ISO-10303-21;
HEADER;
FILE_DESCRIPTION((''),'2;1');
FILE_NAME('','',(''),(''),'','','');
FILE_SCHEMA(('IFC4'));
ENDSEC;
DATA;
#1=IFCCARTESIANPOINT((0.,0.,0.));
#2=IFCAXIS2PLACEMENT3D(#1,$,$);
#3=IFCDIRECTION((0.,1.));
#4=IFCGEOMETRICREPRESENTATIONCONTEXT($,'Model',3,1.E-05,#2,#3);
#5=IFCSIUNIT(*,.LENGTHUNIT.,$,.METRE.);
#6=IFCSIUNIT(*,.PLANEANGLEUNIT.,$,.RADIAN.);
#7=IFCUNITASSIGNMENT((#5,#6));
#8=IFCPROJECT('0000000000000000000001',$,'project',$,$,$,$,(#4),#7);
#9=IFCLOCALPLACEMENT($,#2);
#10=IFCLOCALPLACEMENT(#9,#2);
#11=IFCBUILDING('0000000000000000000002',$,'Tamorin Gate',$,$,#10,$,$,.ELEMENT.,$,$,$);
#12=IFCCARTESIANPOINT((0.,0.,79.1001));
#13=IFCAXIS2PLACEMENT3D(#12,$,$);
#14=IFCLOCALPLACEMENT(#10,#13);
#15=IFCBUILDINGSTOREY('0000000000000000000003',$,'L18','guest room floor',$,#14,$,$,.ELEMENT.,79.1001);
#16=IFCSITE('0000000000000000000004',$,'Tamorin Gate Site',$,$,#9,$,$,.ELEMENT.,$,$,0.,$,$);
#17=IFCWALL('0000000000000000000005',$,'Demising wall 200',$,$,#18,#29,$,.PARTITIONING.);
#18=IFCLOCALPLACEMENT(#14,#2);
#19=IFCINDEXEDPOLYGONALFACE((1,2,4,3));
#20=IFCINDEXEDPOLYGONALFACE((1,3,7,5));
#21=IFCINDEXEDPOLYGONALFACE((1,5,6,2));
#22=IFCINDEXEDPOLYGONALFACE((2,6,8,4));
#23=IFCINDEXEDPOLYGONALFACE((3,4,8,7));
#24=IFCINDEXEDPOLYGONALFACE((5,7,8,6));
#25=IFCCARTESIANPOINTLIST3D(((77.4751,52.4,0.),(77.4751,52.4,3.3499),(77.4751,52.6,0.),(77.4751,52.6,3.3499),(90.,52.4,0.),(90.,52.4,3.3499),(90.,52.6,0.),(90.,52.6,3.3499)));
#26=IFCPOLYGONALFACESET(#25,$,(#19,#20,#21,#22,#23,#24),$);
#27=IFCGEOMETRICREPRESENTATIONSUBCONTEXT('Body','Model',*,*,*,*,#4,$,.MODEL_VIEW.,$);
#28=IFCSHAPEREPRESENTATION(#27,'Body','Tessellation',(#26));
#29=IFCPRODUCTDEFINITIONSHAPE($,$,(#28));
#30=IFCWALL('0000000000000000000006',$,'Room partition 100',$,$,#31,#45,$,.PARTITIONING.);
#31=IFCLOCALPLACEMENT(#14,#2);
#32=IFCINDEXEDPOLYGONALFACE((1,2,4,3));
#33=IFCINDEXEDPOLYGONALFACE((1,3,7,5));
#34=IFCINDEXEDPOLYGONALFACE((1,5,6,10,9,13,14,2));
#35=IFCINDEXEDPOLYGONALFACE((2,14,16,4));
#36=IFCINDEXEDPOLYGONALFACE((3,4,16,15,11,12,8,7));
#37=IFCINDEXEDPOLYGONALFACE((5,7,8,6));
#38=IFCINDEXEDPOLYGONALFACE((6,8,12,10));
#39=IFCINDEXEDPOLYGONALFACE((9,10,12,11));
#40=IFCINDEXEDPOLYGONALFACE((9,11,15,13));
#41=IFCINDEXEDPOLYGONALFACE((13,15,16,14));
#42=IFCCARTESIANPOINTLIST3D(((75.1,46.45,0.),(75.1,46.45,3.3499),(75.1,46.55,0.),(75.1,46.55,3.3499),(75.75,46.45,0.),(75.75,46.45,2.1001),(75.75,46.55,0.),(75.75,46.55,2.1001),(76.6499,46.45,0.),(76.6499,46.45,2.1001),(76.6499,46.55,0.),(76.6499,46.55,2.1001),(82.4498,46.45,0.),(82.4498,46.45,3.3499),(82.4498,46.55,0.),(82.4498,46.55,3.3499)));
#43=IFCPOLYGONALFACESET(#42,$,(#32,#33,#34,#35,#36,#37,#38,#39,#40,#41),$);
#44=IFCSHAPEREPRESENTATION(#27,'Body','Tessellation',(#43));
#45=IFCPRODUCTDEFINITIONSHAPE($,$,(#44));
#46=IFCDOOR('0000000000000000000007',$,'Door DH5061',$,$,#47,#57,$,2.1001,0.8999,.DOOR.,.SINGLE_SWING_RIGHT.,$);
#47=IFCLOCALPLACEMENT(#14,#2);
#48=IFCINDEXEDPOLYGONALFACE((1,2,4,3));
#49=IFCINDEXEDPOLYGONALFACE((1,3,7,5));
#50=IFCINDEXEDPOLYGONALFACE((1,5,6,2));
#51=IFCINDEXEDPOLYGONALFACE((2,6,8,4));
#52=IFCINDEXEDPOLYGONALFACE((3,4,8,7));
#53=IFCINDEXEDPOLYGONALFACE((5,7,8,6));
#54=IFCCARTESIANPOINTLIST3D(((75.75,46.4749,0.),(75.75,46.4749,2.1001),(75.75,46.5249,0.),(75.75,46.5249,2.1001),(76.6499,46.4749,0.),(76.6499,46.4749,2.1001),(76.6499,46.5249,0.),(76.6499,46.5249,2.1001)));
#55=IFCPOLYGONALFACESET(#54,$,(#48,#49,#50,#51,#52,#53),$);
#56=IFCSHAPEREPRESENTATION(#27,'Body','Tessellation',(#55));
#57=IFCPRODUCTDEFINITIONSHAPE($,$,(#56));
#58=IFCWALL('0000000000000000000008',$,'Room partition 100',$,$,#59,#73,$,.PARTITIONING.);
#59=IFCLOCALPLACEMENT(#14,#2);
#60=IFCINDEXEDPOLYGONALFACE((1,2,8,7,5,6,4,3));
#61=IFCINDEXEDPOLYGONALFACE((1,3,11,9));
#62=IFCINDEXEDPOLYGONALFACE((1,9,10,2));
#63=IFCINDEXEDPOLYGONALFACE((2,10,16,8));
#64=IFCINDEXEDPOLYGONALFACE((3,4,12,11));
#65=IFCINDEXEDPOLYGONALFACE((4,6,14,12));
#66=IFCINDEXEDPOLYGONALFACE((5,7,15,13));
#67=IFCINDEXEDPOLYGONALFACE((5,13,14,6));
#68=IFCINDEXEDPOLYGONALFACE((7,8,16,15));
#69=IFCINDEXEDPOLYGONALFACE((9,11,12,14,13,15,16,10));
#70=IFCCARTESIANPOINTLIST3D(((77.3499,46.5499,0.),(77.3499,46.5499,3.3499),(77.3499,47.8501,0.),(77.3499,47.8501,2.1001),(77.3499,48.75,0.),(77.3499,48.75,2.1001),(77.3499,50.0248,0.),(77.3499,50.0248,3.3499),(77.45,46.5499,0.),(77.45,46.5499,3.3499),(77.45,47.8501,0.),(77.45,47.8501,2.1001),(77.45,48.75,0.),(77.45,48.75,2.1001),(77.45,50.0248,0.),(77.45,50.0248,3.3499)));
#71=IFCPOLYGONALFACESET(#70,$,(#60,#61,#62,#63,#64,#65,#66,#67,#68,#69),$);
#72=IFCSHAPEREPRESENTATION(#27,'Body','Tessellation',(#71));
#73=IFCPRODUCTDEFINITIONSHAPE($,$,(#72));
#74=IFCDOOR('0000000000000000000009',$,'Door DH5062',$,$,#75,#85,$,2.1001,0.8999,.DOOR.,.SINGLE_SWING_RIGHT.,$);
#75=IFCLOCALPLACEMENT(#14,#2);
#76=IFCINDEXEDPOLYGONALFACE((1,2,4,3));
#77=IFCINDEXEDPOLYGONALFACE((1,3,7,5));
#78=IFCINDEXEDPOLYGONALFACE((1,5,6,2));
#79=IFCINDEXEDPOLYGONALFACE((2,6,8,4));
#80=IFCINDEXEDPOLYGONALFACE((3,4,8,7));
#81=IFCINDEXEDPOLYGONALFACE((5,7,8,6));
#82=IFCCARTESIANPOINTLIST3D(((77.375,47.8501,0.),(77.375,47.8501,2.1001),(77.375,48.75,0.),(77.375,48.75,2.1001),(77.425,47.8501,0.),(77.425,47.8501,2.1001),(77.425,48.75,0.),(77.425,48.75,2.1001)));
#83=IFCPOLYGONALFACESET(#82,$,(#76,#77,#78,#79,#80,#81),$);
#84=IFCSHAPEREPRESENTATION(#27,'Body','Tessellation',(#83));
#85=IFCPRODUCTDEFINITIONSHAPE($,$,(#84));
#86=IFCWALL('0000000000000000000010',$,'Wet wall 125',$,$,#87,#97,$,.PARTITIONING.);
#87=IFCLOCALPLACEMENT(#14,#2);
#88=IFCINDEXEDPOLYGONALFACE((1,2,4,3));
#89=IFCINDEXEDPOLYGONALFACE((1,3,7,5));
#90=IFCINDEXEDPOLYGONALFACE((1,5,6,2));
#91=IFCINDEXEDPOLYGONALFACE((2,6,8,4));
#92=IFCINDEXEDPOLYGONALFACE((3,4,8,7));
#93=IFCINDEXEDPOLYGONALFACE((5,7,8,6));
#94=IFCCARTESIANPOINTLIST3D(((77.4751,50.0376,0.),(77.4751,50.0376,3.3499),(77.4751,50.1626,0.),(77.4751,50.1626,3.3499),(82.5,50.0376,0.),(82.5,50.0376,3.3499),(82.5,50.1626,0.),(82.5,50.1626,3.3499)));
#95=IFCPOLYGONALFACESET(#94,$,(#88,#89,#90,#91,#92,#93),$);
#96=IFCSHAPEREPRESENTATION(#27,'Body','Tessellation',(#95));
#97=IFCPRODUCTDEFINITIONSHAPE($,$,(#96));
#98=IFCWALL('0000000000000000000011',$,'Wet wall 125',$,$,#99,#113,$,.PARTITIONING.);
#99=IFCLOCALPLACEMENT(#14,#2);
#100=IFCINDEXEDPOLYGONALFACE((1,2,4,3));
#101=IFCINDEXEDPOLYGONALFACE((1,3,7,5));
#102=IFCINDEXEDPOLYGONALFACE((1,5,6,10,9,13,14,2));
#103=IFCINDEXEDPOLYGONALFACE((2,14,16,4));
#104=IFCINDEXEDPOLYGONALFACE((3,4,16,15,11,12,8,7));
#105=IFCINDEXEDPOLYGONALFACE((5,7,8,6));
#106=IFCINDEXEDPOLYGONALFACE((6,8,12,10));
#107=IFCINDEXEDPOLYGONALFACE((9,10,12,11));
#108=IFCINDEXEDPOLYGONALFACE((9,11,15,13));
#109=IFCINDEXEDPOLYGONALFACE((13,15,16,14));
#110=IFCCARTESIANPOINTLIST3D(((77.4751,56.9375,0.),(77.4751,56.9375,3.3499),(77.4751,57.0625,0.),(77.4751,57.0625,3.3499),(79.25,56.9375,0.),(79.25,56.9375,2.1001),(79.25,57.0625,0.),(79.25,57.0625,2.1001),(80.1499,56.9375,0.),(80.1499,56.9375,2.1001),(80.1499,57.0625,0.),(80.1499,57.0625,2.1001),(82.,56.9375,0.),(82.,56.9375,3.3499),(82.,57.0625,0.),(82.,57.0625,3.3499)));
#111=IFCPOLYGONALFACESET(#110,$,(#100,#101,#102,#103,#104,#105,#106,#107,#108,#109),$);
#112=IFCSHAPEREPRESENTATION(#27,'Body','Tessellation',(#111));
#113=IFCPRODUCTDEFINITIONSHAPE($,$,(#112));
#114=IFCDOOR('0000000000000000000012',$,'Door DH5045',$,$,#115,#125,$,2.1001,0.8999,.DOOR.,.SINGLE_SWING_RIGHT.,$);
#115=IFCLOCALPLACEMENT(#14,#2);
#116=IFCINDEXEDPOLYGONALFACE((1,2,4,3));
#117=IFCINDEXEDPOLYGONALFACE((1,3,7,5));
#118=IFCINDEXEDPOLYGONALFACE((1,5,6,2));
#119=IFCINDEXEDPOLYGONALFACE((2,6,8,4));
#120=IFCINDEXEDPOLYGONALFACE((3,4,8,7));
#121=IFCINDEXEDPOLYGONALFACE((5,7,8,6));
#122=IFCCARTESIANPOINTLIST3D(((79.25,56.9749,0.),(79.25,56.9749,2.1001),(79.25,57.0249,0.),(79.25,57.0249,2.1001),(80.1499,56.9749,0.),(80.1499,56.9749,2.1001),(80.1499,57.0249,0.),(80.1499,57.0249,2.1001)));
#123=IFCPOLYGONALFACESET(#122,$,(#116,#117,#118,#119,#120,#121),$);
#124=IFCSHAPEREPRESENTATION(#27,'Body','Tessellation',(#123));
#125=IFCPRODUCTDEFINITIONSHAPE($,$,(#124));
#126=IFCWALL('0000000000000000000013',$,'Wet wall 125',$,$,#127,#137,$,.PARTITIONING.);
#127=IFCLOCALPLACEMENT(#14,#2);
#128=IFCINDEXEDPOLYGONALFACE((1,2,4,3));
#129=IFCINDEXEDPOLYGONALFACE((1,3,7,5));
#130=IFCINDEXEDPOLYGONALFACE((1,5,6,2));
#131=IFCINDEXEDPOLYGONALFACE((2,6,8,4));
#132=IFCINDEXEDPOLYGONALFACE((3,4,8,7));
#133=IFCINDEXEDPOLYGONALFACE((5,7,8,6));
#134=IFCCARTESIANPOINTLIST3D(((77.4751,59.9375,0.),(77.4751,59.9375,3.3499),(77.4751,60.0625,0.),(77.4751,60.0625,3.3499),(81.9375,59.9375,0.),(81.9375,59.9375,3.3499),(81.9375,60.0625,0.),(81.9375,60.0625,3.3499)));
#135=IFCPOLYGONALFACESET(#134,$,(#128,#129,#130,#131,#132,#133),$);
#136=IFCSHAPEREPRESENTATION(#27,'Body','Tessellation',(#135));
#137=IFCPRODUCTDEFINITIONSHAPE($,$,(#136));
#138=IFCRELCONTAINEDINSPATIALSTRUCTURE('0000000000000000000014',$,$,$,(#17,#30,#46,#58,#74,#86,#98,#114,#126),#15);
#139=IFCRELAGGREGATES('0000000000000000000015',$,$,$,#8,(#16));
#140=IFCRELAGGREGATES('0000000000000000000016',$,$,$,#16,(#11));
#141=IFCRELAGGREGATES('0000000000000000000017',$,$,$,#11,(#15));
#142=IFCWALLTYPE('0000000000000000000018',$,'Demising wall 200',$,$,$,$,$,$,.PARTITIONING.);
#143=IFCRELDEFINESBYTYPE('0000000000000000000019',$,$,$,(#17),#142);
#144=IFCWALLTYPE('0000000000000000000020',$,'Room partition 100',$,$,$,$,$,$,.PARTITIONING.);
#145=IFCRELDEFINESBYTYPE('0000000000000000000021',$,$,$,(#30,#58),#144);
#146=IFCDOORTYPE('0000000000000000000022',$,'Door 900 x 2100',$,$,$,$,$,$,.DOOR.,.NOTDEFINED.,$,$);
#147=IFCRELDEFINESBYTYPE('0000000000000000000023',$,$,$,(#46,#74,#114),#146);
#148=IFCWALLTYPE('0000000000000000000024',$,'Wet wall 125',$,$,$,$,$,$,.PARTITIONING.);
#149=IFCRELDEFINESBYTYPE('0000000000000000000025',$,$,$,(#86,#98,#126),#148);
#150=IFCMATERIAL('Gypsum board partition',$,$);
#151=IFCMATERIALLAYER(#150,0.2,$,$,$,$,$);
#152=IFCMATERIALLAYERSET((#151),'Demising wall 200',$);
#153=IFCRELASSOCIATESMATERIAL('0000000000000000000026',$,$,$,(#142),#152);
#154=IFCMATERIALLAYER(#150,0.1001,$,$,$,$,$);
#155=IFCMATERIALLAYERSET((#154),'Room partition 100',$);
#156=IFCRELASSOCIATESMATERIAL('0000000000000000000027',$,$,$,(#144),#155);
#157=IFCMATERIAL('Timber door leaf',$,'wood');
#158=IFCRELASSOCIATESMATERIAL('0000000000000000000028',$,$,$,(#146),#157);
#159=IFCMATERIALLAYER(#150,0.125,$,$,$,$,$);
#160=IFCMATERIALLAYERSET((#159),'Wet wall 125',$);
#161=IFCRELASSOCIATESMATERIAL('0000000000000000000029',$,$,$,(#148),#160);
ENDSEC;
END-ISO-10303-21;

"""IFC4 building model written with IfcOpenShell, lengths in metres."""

from ifc_helpers import new_model, si_unit, direction, frame, frame_2d, origin, place, context, subcontext, project, spatial, rectangle, extrude, material, layer, layer_set, type_object, element, fill, save


model = new_model("IFC4")

# Units and contexts
model_context = context("Model", 3, precision=1e-05, world=origin(), true_north=direction((0.0, 1.0)))
body_context = subcontext(model_context, "Body", "Model", "MODEL_VIEW")
ifc_project = project(units=[si_unit("LENGTHUNIT", "METRE"), si_unit("PLANEANGLEUNIT", "RADIAN")], contexts=[model_context])

# Site, building, storey
site_placement = place(None, origin())
site = spatial("IfcSite", under=ifc_project, at=site_placement, Name="Tamorin Gate Site", CompositionType="ELEMENT", RefElevation=0.0)
building_placement = place(site_placement, origin())
building = spatial("IfcBuilding", under=site, at=building_placement, Name="Tamorin Gate", CompositionType="ELEMENT")
storey_placement = place(building_placement, frame((0.0, 0.0, 79.1001)))
storey = spatial("IfcBuildingStorey", under=building, at=storey_placement, Name="L18", Description="guest room floor", CompositionType="ELEMENT", Elevation=79.1001)

# Shared definitions
ifc_material_1 = material(Name="Gypsum board partition")
ifc_material_2 = material(Name="Timber door leaf", Category="wood")

# Wall
ifc_layer_1 = layer(ifc_material_1, 0.2)
ifc_layer_set_1 = layer_set([ifc_layer_1], Name="Demising wall 200")
wall_type_1 = type_object("IfcWallType", Name="Demising wall 200", PredefinedType="PARTITIONING", material=ifc_layer_set_1)
wall_1_placement = place(storey_placement, frame((77.4751, 52.5, 0.0), z_axis=(0.0, 0.0, 1.0), x_axis=(1.0, 0.0, 0.0)))
element("IfcWall", 1, at=wall_1_placement, inside=storey, type_object=wall_type_1, Name="Demising wall 200", PredefinedType="PARTITIONING", context=body_context, shape_type="SweptSolid", body=[
    extrude(rectangle(XDim=12.5249, YDim=0.2, at=frame_2d((6.2625, 0.0))), origin(), (0.0, 0.0, 1.0), 3.3499),
])

# Walls, openings, doors
ifc_layer_2 = layer(ifc_material_1, 0.1001)
ifc_layer_set_2 = layer_set([ifc_layer_2], Name="Room partition 100")
wall_type_2 = type_object("IfcWallType", Name="Room partition 100", PredefinedType="PARTITIONING", material=ifc_layer_set_2)
wall_2_placement = place(storey_placement, frame((75.1001, 46.5, 0.0), z_axis=(0.0, 0.0, 1.0), x_axis=(1.0, 0.0, 0.0)))
wall_2 = element("IfcWall", 2, at=wall_2_placement, inside=storey, type_object=wall_type_2, Name="Room partition 100", PredefinedType="PARTITIONING", context=body_context, shape_type="SweptSolid", body=[
    extrude(rectangle(XDim=7.3499, YDim=0.1001, at=frame_2d((3.6748, 0.0))), origin(), (0.0, 0.0, 1.0), 3.3499),
])
opening_1_placement = place(wall_2_placement, frame((0.6499, 0.0, 0.0)))
opening_1 = element("IfcOpeningElement", 3, at=opening_1_placement, cuts=wall_2, PredefinedType="OPENING", context=body_context, shape_type="SweptSolid", body=[
    extrude(rectangle(XDim=0.8999, YDim=2.1001, at=frame_2d((0.45, 1.05))), frame((0.0, 0.0601, 0.0), z_axis=(0.0, -1.0, 0.0), x_axis=(1.0, 0.0, 0.0)), (0.0, 0.0, 1.0), 0.1201),
])
door_type_1 = type_object("IfcDoorType", Name="Door 900 x 2100", OperationType="NOTDEFINED", PredefinedType="DOOR", material=ifc_material_2)
door_1_placement = place(opening_1_placement, origin())
door_1 = element("IfcDoor", 4, at=door_1_placement, inside=storey, type_object=door_type_1, Name="Door DH5061", OperationType="SINGLE_SWING_RIGHT", OverallHeight=2.1001, OverallWidth=0.8999, PredefinedType="DOOR", context=body_context, shape_type="SweptSolid", body=[
    extrude(rectangle(XDim=0.8999, YDim=2.1001, at=frame_2d((0.45, 1.05))), frame((0.0, 0.0249, 0.0), z_axis=(0.0, -1.0, 0.0), x_axis=(1.0, 0.0, 0.0)), (0.0, 0.0, 1.0), 0.05),
])
fill(opening_1, door_1)
wall_3_placement = place(storey_placement, frame((77.3999, 46.55, 0.0), z_axis=(0.0, 0.0, 1.0), x_axis=(0.0, 1.0, 0.0)))
wall_3 = element("IfcWall", 5, at=wall_3_placement, inside=storey, type_object=wall_type_2, Name="Room partition 100", PredefinedType="PARTITIONING", context=body_context, shape_type="SweptSolid", body=[
    extrude(rectangle(XDim=3.4749, YDim=0.1001, at=frame_2d((1.7373, 0.0))), origin(), (0.0, 0.0, 1.0), 3.3499),
])
opening_2_placement = place(wall_3_placement, frame((1.3, 0.0, 0.0)))
opening_2 = element("IfcOpeningElement", 6, at=opening_2_placement, cuts=wall_3, PredefinedType="OPENING", context=body_context, shape_type="SweptSolid", body=[
    extrude(rectangle(XDim=0.8999, YDim=2.1001, at=frame_2d((0.45, 1.05))), frame((0.0, 0.0601, 0.0), z_axis=(0.0, -1.0, 0.0), x_axis=(1.0, 0.0, 0.0)), (0.0, 0.0, 1.0), 0.1201),
])
door_2_placement = place(opening_2_placement, origin())
door_2 = element("IfcDoor", 7, at=door_2_placement, inside=storey, type_object=door_type_1, Name="Door DH5062", OperationType="SINGLE_SWING_RIGHT", OverallHeight=2.1001, OverallWidth=0.8999, PredefinedType="DOOR", context=body_context, shape_type="SweptSolid", body=[
    extrude(rectangle(XDim=0.8999, YDim=2.1001, at=frame_2d((0.45, 1.05))), frame((0.0, 0.0249, 0.0), z_axis=(0.0, -1.0, 0.0), x_axis=(1.0, 0.0, 0.0)), (0.0, 0.0, 1.0), 0.05),
])
fill(opening_2, door_2)

# Wall
ifc_layer_3 = layer(ifc_material_1, 0.125)
ifc_layer_set_3 = layer_set([ifc_layer_3], Name="Wet wall 125")
wall_type_3 = type_object("IfcWallType", Name="Wet wall 125", PredefinedType="PARTITIONING", material=ifc_layer_set_3)
wall_4_placement = place(storey_placement, frame((77.4751, 50.1001, 0.0), z_axis=(0.0, 0.0, 1.0), x_axis=(1.0, 0.0, 0.0)))
element("IfcWall", 8, at=wall_4_placement, inside=storey, type_object=wall_type_3, Name="Wet wall 125", PredefinedType="PARTITIONING", context=body_context, shape_type="SweptSolid", body=[
    extrude(rectangle(XDim=5.0249, YDim=0.125, at=frame_2d((2.5125, 0.0))), origin(), (0.0, 0.0, 1.0), 3.3499),
])

# Wall, opening, door
wall_5_placement = place(storey_placement, frame((77.4751, 57.0, 0.0), z_axis=(0.0, 0.0, 1.0), x_axis=(1.0, 0.0, 0.0)))
wall_5 = element("IfcWall", 9, at=wall_5_placement, inside=storey, type_object=wall_type_3, Name="Wet wall 125", PredefinedType="PARTITIONING", context=body_context, shape_type="SweptSolid", body=[
    extrude(rectangle(XDim=4.5249, YDim=0.125, at=frame_2d((2.2625, 0.0))), origin(), (0.0, 0.0, 1.0), 3.3499),
])
opening_3_placement = place(wall_5_placement, frame((1.7749, 0.0, 0.0)))
opening_3 = element("IfcOpeningElement", 10, at=opening_3_placement, cuts=wall_5, PredefinedType="OPENING", context=body_context, shape_type="SweptSolid", body=[
    extrude(rectangle(XDim=0.8999, YDim=2.1001, at=frame_2d((0.45, 1.05))), frame((0.0, 0.0725, 0.0), z_axis=(0.0, -1.0, 0.0), x_axis=(1.0, 0.0, 0.0)), (0.0, 0.0, 1.0), 0.145),
])
door_3_placement = place(opening_3_placement, origin())
door_3 = element("IfcDoor", 11, at=door_3_placement, inside=storey, type_object=door_type_1, Name="Door DH5045", OperationType="SINGLE_SWING_RIGHT", OverallHeight=2.1001, OverallWidth=0.8999, PredefinedType="DOOR", context=body_context, shape_type="SweptSolid", body=[
    extrude(rectangle(XDim=0.8999, YDim=2.1001, at=frame_2d((0.45, 1.05))), frame((0.0, 0.0249, 0.0), z_axis=(0.0, -1.0, 0.0), x_axis=(1.0, 0.0, 0.0)), (0.0, 0.0, 1.0), 0.05),
])
fill(opening_3, door_3)

# Wall
wall_6_placement = place(storey_placement, frame((77.4751, 60.0, 0.0), z_axis=(0.0, 0.0, 1.0), x_axis=(1.0, 0.0, 0.0)))
element("IfcWall", 12, at=wall_6_placement, inside=storey, type_object=wall_type_3, Name="Wet wall 125", PredefinedType="PARTITIONING", context=body_context, shape_type="SweptSolid", body=[
    extrude(rectangle(XDim=4.4624, YDim=0.125, at=frame_2d((2.2312, 0.0))), origin(), (0.0, 0.0, 1.0), 3.3499),
])

save(model, "model.ifc")
